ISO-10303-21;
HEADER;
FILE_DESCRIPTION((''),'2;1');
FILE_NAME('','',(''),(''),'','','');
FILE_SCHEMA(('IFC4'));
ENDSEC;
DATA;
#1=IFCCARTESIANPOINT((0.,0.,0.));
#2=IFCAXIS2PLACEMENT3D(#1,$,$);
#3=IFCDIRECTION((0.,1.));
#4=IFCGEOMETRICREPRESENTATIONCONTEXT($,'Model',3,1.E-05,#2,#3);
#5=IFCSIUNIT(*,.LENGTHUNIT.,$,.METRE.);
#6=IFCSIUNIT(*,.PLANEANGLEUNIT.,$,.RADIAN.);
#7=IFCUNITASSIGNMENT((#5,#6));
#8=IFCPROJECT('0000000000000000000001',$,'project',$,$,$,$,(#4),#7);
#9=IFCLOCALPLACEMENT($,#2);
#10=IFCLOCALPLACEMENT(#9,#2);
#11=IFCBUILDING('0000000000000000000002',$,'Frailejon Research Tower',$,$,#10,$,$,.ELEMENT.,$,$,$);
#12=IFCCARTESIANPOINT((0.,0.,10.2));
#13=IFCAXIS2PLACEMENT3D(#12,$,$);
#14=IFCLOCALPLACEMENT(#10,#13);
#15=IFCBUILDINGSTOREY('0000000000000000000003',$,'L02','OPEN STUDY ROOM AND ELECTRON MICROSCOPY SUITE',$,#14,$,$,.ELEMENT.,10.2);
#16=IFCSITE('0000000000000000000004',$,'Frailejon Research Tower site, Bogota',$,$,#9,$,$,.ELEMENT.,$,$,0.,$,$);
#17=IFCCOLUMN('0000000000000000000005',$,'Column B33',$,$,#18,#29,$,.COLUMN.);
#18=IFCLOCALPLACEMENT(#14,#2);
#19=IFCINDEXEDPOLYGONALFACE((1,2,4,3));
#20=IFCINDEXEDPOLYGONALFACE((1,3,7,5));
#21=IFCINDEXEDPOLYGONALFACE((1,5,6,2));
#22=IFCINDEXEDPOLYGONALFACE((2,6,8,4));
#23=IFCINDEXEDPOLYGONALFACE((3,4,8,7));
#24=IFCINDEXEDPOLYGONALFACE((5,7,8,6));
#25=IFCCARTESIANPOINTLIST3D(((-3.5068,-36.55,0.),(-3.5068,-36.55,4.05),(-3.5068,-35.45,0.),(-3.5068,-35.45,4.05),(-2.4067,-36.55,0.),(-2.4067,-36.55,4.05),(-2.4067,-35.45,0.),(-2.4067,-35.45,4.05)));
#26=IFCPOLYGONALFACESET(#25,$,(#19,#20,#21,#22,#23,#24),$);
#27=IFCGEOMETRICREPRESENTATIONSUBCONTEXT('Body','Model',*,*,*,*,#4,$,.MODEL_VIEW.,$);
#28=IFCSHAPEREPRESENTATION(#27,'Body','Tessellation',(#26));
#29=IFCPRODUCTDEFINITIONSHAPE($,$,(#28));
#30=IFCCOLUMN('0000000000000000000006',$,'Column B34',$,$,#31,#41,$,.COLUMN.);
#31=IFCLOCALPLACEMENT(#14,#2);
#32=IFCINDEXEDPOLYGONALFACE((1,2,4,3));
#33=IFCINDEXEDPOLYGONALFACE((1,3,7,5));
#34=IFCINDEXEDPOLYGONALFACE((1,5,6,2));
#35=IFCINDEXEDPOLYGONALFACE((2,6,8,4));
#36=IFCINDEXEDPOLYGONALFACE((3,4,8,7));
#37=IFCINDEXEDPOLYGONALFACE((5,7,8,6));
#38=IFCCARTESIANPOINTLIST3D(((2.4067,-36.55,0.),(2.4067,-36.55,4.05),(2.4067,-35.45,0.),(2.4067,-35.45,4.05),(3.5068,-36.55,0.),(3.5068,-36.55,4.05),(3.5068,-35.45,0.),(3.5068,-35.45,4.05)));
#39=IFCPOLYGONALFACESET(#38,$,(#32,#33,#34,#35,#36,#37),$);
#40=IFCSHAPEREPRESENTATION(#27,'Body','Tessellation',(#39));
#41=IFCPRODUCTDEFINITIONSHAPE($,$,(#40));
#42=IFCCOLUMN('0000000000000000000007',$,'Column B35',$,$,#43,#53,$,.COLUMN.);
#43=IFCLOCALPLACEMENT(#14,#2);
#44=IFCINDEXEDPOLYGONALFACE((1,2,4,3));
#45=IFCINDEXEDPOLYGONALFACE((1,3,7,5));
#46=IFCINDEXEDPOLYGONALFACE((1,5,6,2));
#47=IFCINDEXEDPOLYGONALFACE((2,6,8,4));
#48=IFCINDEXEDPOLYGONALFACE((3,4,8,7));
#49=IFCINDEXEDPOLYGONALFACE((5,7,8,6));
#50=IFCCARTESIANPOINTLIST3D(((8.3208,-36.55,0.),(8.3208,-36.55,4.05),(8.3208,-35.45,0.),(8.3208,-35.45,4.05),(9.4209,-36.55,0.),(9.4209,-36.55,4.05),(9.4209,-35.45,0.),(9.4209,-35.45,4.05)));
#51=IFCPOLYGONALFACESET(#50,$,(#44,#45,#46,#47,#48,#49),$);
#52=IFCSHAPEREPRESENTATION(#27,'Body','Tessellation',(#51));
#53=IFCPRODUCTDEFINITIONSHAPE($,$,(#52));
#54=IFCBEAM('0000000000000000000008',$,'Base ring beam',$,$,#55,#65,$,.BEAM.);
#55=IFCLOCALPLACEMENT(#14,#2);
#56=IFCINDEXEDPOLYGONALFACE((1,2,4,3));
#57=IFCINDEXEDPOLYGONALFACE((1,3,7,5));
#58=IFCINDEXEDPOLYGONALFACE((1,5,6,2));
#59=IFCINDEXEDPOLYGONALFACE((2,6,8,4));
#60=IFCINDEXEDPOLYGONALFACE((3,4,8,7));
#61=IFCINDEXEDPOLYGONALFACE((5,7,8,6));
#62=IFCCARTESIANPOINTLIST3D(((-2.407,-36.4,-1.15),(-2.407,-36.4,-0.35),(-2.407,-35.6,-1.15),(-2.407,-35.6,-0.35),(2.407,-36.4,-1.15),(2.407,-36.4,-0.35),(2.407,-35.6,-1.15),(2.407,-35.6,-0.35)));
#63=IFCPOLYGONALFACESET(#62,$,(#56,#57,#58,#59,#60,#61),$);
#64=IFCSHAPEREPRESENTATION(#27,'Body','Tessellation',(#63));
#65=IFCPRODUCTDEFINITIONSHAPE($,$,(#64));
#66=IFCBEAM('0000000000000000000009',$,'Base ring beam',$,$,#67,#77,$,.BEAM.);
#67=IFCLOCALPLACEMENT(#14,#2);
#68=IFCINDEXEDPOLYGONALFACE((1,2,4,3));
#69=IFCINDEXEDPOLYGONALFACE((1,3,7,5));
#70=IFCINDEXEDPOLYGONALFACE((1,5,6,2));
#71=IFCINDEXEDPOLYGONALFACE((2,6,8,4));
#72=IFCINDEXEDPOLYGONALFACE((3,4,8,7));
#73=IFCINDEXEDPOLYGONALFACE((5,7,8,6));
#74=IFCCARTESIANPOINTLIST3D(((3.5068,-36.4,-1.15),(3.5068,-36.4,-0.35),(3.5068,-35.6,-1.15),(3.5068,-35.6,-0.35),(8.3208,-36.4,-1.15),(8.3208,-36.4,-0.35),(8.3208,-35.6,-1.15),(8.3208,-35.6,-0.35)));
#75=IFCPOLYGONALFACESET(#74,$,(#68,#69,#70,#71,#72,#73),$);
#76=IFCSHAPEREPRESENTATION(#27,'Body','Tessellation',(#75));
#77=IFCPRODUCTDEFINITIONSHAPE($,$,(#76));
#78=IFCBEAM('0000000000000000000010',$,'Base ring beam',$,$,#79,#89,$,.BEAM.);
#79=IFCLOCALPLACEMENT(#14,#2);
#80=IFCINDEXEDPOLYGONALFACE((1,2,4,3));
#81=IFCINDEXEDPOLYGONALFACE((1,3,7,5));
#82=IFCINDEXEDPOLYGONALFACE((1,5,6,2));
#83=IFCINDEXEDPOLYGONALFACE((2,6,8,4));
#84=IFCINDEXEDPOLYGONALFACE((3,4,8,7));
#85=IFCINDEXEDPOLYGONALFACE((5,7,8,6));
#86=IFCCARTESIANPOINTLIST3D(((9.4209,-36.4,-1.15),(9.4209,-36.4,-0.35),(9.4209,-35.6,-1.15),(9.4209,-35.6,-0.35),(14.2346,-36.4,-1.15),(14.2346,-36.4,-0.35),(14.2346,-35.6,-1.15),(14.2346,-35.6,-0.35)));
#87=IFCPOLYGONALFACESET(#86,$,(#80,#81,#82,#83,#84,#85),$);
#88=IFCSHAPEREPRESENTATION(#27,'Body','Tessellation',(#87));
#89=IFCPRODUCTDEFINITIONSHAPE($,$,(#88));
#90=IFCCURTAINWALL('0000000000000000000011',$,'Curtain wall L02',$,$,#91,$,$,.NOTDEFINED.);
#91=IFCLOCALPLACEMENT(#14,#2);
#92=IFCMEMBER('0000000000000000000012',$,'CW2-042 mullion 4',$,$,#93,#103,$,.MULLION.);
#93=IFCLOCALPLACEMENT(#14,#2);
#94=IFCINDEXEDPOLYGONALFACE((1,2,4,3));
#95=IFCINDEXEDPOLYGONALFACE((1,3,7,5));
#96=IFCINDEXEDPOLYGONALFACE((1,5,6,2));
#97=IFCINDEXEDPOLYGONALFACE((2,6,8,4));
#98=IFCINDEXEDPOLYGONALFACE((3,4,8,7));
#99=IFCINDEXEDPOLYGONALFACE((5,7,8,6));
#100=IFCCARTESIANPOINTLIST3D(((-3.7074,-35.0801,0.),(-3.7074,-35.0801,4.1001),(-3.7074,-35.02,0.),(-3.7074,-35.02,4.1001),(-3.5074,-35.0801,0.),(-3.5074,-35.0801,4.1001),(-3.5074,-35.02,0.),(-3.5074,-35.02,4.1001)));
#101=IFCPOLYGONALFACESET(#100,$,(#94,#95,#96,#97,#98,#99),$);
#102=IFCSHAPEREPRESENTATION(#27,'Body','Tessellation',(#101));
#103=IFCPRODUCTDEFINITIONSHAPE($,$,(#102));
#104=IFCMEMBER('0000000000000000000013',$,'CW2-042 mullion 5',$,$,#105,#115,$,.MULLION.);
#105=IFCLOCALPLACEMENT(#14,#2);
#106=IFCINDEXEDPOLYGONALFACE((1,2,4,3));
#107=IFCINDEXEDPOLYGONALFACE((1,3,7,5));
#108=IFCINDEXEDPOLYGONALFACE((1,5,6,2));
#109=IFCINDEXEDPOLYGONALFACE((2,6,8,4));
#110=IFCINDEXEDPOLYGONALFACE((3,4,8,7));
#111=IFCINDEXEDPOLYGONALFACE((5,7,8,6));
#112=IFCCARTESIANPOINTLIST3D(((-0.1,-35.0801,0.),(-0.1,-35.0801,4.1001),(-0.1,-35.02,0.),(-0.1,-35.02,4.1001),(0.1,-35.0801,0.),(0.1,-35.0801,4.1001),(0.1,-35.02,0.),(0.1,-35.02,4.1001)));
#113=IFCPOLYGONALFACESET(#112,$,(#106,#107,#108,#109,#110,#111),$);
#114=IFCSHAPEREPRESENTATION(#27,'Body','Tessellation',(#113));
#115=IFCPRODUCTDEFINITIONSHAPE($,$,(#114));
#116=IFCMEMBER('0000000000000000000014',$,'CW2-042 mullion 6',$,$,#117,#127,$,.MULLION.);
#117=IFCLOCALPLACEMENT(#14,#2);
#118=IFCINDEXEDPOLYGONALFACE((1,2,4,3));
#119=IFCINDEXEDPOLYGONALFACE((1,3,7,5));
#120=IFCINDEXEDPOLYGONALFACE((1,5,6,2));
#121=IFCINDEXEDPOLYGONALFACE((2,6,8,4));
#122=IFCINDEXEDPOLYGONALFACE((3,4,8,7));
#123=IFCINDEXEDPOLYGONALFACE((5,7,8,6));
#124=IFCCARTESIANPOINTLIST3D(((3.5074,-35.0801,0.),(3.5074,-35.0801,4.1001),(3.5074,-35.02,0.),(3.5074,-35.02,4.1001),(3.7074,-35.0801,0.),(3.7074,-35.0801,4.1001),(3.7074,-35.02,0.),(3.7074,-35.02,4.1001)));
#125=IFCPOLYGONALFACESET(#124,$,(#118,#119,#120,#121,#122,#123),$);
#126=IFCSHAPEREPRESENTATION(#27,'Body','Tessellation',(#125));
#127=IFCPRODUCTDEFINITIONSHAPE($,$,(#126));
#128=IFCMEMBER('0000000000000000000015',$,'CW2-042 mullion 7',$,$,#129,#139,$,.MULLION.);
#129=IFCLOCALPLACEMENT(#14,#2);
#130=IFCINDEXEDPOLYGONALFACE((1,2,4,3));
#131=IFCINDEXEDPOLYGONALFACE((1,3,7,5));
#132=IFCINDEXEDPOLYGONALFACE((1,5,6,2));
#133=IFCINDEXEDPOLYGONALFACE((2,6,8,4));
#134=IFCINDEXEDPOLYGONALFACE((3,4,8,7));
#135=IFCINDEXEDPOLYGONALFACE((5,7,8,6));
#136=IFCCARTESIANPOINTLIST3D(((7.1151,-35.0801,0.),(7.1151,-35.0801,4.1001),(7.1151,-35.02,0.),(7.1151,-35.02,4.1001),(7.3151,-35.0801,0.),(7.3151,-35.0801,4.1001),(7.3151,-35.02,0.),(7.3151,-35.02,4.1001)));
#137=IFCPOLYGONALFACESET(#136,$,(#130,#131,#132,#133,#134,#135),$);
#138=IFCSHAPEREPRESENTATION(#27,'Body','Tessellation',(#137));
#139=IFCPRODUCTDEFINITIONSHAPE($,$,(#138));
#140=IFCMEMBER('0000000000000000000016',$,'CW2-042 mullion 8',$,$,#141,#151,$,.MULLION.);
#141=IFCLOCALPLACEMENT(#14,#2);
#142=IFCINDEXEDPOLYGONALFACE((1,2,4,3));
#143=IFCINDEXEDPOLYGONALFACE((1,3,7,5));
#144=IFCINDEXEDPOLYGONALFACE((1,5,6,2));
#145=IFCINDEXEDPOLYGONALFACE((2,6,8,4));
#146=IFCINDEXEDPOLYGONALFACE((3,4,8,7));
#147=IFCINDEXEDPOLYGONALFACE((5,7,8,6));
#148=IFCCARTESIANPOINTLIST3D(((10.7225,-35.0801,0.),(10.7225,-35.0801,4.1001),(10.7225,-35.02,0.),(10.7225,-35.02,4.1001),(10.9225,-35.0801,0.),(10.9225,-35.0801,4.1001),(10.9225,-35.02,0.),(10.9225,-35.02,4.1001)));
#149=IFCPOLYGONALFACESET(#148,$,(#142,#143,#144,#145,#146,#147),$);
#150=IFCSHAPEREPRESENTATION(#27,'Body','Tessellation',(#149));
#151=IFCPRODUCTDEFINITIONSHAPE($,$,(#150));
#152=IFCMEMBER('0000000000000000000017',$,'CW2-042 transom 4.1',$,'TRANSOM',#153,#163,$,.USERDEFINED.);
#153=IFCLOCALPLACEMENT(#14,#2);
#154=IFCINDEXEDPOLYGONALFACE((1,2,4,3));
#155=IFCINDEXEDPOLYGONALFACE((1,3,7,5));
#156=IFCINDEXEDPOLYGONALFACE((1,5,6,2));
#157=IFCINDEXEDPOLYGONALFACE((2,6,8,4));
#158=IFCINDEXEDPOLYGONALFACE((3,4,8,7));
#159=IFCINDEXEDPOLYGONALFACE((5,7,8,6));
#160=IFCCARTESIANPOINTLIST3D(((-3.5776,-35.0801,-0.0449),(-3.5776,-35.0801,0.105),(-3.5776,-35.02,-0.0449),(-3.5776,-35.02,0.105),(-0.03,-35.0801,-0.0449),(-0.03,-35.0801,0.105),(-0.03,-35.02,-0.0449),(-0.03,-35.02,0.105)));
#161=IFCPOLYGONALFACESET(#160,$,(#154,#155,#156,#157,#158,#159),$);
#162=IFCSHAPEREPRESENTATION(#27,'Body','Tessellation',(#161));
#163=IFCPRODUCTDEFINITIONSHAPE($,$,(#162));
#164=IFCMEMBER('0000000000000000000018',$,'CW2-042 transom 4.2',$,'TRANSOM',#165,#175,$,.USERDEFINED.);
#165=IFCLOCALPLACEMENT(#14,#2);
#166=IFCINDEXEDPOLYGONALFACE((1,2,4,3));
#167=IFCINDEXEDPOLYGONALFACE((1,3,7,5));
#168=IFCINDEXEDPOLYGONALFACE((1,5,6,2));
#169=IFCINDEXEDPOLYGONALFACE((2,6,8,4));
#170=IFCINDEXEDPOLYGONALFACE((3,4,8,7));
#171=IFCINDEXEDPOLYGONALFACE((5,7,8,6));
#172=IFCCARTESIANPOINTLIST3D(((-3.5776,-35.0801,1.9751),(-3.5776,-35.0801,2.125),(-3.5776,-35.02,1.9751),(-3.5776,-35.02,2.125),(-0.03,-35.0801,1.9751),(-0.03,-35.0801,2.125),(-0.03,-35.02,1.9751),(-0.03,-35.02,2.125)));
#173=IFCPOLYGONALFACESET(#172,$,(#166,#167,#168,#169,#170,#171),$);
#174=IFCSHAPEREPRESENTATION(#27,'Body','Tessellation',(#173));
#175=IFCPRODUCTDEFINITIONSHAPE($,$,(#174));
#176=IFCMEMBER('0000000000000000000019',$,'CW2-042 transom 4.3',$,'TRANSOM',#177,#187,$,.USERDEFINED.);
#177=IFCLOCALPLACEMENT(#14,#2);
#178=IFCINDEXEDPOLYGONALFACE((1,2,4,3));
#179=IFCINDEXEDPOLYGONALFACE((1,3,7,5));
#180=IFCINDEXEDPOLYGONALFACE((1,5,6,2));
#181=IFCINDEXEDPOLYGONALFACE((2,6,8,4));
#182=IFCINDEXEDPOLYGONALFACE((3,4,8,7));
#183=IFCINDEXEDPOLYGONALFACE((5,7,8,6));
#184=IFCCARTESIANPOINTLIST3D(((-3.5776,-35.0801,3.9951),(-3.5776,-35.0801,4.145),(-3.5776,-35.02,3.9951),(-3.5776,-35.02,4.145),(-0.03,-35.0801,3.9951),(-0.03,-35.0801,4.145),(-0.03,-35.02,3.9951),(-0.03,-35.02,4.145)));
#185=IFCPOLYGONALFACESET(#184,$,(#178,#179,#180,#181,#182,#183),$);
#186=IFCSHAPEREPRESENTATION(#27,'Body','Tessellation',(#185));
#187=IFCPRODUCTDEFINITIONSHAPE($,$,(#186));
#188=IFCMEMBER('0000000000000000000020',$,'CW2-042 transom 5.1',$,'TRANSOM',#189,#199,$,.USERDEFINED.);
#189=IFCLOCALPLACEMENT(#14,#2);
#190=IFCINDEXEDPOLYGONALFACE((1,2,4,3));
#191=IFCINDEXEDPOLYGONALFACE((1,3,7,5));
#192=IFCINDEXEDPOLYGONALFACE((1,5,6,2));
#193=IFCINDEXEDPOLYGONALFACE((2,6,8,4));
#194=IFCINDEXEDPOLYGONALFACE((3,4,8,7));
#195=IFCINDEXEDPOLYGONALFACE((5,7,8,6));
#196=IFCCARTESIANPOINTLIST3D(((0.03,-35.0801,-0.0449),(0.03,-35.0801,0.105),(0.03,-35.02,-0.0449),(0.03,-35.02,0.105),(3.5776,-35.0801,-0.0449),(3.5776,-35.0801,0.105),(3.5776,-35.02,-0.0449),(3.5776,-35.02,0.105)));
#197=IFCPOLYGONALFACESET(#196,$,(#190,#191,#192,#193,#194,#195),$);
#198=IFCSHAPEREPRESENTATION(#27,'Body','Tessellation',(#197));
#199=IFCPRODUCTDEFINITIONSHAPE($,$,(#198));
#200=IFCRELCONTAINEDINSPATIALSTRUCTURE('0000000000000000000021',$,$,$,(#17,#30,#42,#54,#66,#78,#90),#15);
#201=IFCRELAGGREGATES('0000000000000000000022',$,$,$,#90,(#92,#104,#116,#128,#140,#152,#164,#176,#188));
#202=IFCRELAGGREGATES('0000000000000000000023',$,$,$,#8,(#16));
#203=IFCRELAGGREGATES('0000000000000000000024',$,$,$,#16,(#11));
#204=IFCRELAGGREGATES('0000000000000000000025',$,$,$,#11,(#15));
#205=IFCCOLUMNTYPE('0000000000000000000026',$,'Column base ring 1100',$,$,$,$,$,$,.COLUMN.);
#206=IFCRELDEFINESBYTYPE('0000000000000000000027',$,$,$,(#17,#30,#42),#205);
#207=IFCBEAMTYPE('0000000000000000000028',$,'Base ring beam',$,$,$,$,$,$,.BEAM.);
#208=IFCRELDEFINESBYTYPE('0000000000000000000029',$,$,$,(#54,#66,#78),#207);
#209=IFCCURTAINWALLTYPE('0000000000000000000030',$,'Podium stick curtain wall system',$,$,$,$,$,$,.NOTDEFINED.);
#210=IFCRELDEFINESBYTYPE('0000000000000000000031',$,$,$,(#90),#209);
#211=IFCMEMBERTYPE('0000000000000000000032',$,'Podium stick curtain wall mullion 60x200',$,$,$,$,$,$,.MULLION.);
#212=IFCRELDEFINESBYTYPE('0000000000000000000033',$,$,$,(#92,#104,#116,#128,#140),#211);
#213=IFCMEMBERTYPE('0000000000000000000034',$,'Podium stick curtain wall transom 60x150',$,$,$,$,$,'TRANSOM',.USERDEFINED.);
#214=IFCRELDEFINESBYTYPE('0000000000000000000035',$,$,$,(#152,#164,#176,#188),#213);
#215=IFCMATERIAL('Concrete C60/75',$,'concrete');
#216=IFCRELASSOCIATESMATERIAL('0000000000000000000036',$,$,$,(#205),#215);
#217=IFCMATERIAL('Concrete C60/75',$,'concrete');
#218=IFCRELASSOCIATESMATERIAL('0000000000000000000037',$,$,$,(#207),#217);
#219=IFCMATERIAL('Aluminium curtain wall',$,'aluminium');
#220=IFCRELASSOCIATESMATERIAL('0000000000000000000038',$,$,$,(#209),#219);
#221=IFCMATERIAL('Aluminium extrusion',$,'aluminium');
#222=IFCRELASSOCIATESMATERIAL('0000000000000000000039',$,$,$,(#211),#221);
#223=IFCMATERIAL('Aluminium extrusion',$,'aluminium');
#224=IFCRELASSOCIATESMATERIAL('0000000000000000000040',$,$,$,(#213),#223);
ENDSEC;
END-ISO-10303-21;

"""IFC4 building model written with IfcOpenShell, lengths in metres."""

from ifc_helpers import new_model, si_unit, direction, frame, origin, origin_2d, place, context, subcontext, project, spatial, rectangle, extrude, material, material_profile, profile_set, type_object, element, aggregate, save


model = new_model("IFC4")

# Units and contexts
model_context = context("Model", 3, precision=1e-05, world=origin(), true_north=direction((0.0, 1.0)))
body_context = subcontext(model_context, "Body", "Model", "MODEL_VIEW")
ifc_project = project(units=[si_unit("LENGTHUNIT", "METRE"), si_unit("PLANEANGLEUNIT", "RADIAN")], contexts=[model_context])

# Site, building, storey
site_placement = place(None, origin())
site = spatial("IfcSite", under=ifc_project, at=site_placement, Name="Frailejon Research Tower site, Bogota", CompositionType="ELEMENT", RefElevation=0.0)
building_placement = place(site_placement, origin())
building = spatial("IfcBuilding", under=site, at=building_placement, Name="Frailejon Research Tower", CompositionType="ELEMENT")
storey_placement = place(building_placement, frame((0.0, 0.0, 10.2)))
storey = spatial("IfcBuildingStorey", under=building, at=storey_placement, Name="L02", Description="OPEN STUDY ROOM AND ELECTRON MICROSCOPY SUITE", CompositionType="ELEMENT", Elevation=10.2)

# Columns
ifc_material_1 = material(Name="Concrete C60/75", Category="concrete")
ifc_material_profile_1 = material_profile(ifc_material_1, rectangle(XDim=1.1001, YDim=1.1001, at=origin_2d()), Name="Column base ring 1100")
ifc_profile_set_1 = profile_set([ifc_material_profile_1], Name="Concrete C60/75")
column_type = type_object("IfcColumnType", Name="Column base ring 1100", PredefinedType="COLUMN", material=ifc_profile_set_1)
for number, where, z_axis, x_axis, name in (
    (1, (-2.9568, -36.0, 0.0), (0.0, 0.0, 1.0), (1.0, 0.0, 0.0), "Column B33"),
    (2, (2.9568, -36.0, 0.0), (0.0, 0.0, 1.0), (1.0, 0.0, 0.0), "Column B34"),
    (3, (8.8708, -36.0, 0.0), (0.0, 0.0, 1.0), (1.0, 0.0, 0.0), "Column B35"),
):
    element("IfcColumn", number, at=place(storey_placement, frame(where, z_axis=z_axis, x_axis=x_axis)), inside=storey, type_object=column_type, Name=name, PredefinedType="COLUMN", context=body_context, shape_type="SweptSolid", body=[
        extrude(rectangle(XDim=1.1001, YDim=1.1001, at=origin_2d()), origin(), (0.0, 0.0, 1.0), 4.05),
    ])

# Beams
ifc_material_2 = material(Name="Concrete C60/75", Category="concrete")
ifc_material_profile_2 = material_profile(ifc_material_2, rectangle(XDim=0.8, YDim=0.8, at=origin_2d()), Name="Base ring beam")
ifc_profile_set_2 = profile_set([ifc_material_profile_2], Name="Concrete C60/75")
beam_type = type_object("IfcBeamType", Name="Base ring beam", PredefinedType="BEAM", material=ifc_profile_set_2)
for number, where, z_axis, x_axis, name in (
    (4, (-2.407, -36.0, -0.75), (1.0, 0.0, 0.0), (0.0, 1.0, 0.0), "Base ring beam"),
    (5, (3.5068, -36.0, -0.75), (1.0, 0.0, 0.0), (0.0, 1.0, 0.0), "Base ring beam"),
):
    element("IfcBeam", number, at=place(storey_placement, frame(where, z_axis=z_axis, x_axis=x_axis)), inside=storey, type_object=beam_type, Name=name, PredefinedType="BEAM", context=body_context, shape_type="SweptSolid", body=[
        extrude(rectangle(XDim=0.8, YDim=0.8, at=origin_2d()), origin(), (0.0, 0.0, 1.0), 4.814),
    ])
beam_placement = place(storey_placement, frame((9.4209, -36.0, -0.75), z_axis=(1.0, 0.0, 0.0), x_axis=(0.0, 1.0, 0.0)))
element("IfcBeam", 6, at=beam_placement, inside=storey, type_object=beam_type, Name="Base ring beam", PredefinedType="BEAM", context=body_context, shape_type="SweptSolid", body=[
    extrude(rectangle(XDim=0.8, YDim=0.8, at=origin_2d()), origin(), (0.0, 0.0, 1.0), 4.8137),
])

# Curtain wall, members
ifc_material_3 = material(Name="Aluminium curtain wall", Category="aluminium")
curtain_wall_type = type_object("IfcCurtainWallType", Name="Podium stick curtain wall system", PredefinedType="NOTDEFINED", material=ifc_material_3)
curtain_wall_placement = place(storey_placement, origin())
curtain_wall = element("IfcCurtainWall", 7, at=curtain_wall_placement, inside=storey, type_object=curtain_wall_type, Name="Curtain wall L02", PredefinedType="NOTDEFINED")
ifc_material_4 = material(Name="Aluminium extrusion", Category="aluminium")
ifc_material_profile_3 = material_profile(ifc_material_4, rectangle(XDim=0.0601, YDim=0.2, at=origin_2d()), Name="Podium stick curtain wall mullion 60x200")
ifc_profile_set_3 = profile_set([ifc_material_profile_3], Name="Aluminium extrusion")
member_type_1 = type_object("IfcMemberType", Name="Podium stick curtain wall mullion 60x200", PredefinedType="MULLION", material=ifc_profile_set_3)
member_1_placement = place(storey_placement, frame((-3.6074, -35.05, 0.0), z_axis=(0.0, 0.0, 1.0), x_axis=(0.0, 1.0, 0.0)))
member_1 = element("IfcMember", 8, at=member_1_placement, type_object=member_type_1, Name="CW2-042 mullion 4", PredefinedType="MULLION", context=body_context, shape_type="SweptSolid", body=[
    extrude(rectangle(XDim=0.0601, YDim=0.2, at=origin_2d()), origin(), (0.0, 0.0, 1.0), 4.1001),
])
member_2_placement = place(storey_placement, frame((0.0, -35.05, 0.0), z_axis=(0.0, 0.0, 1.0), x_axis=(0.0, 1.0, 0.0)))
member_2 = element("IfcMember", 9, at=member_2_placement, type_object=member_type_1, Name="CW2-042 mullion 5", PredefinedType="MULLION", context=body_context, shape_type="SweptSolid", body=[
    extrude(rectangle(XDim=0.0601, YDim=0.2, at=origin_2d()), origin(), (0.0, 0.0, 1.0), 4.1001),
])
member_3_placement = place(storey_placement, frame((3.6074, -35.05, 0.0), z_axis=(0.0, 0.0, 1.0), x_axis=(0.0, 1.0, 0.0)))
member_3 = element("IfcMember", 10, at=member_3_placement, type_object=member_type_1, Name="CW2-042 mullion 6", PredefinedType="MULLION", context=body_context, shape_type="SweptSolid", body=[
    extrude(rectangle(XDim=0.0601, YDim=0.2, at=origin_2d()), origin(), (0.0, 0.0, 1.0), 4.1001),
])
member_4_placement = place(storey_placement, frame((7.2151, -35.05, 0.0), z_axis=(0.0, 0.0, 1.0), x_axis=(0.0, 1.0, 0.0)))
member_4 = element("IfcMember", 11, at=member_4_placement, type_object=member_type_1, Name="CW2-042 mullion 7", PredefinedType="MULLION", context=body_context, shape_type="SweptSolid", body=[
    extrude(rectangle(XDim=0.0601, YDim=0.2, at=origin_2d()), origin(), (0.0, 0.0, 1.0), 4.1001),
])
member_5_placement = place(storey_placement, frame((10.8225, -35.05, 0.0), z_axis=(0.0, 0.0, 1.0), x_axis=(0.0, 1.0, 0.0)))
member_5 = element("IfcMember", 12, at=member_5_placement, type_object=member_type_1, Name="CW2-042 mullion 8", PredefinedType="MULLION", context=body_context, shape_type="SweptSolid", body=[
    extrude(rectangle(XDim=0.0601, YDim=0.2, at=origin_2d()), origin(), (0.0, 0.0, 1.0), 4.1001),
])
ifc_material_5 = material(Name="Aluminium extrusion", Category="aluminium")
ifc_material_profile_4 = material_profile(ifc_material_5, rectangle(XDim=0.0601, YDim=0.1499, at=origin_2d()), Name="Podium stick curtain wall transom 60x150")
ifc_profile_set_4 = profile_set([ifc_material_profile_4], Name="Aluminium extrusion")
member_type_2 = type_object("IfcMemberType", Name="Podium stick curtain wall transom 60x150", ElementType="TRANSOM", PredefinedType="USERDEFINED", material=ifc_profile_set_4)
member_6_placement = place(storey_placement, frame((-3.5776, -35.05, 0.03), z_axis=(1.0, 0.0, 0.0), x_axis=(0.0, 1.0, 0.0)))
member_6 = element("IfcMember", 13, at=member_6_placement, type_object=member_type_2, Name="CW2-042 transom 4.1", ObjectType="TRANSOM", PredefinedType="USERDEFINED", context=body_context, shape_type="SweptSolid", body=[
    extrude(rectangle(XDim=0.0601, YDim=0.1499, at=origin_2d()), origin(), (0.0, 0.0, 1.0), 3.5476),
])
member_7_placement = place(storey_placement, frame((-3.5776, -35.05, 2.05), z_axis=(1.0, 0.0, 0.0), x_axis=(0.0, 1.0, 0.0)))
member_7 = element("IfcMember", 14, at=member_7_placement, type_object=member_type_2, Name="CW2-042 transom 4.2", ObjectType="TRANSOM", PredefinedType="USERDEFINED", context=body_context, shape_type="SweptSolid", body=[
    extrude(rectangle(XDim=0.0601, YDim=0.1499, at=origin_2d()), origin(), (0.0, 0.0, 1.0), 3.5476),
])
member_8_placement = place(storey_placement, frame((-3.5776, -35.05, 4.0701), z_axis=(1.0, 0.0, 0.0), x_axis=(0.0, 1.0, 0.0)))
member_8 = element("IfcMember", 15, at=member_8_placement, type_object=member_type_2, Name="CW2-042 transom 4.3", ObjectType="TRANSOM", PredefinedType="USERDEFINED", context=body_context, shape_type="SweptSolid", body=[
    extrude(rectangle(XDim=0.0601, YDim=0.1499, at=origin_2d()), origin(), (0.0, 0.0, 1.0), 3.5476),
])
member_9_placement = place(storey_placement, frame((0.03, -35.05, 0.03), z_axis=(1.0, 0.0, 0.0), x_axis=(0.0, 1.0, 0.0)))
member_9 = element("IfcMember", 16, at=member_9_placement, type_object=member_type_2, Name="CW2-042 transom 5.1", ObjectType="TRANSOM", PredefinedType="USERDEFINED", context=body_context, shape_type="SweptSolid", body=[
    extrude(rectangle(XDim=0.0601, YDim=0.1499, at=origin_2d()), origin(), (0.0, 0.0, 1.0), 3.5476),
])
aggregate(curtain_wall, [member_1, member_2, member_3, member_4, member_5, member_6, member_7, member_8, member_9])

save(model, "model.ifc")
